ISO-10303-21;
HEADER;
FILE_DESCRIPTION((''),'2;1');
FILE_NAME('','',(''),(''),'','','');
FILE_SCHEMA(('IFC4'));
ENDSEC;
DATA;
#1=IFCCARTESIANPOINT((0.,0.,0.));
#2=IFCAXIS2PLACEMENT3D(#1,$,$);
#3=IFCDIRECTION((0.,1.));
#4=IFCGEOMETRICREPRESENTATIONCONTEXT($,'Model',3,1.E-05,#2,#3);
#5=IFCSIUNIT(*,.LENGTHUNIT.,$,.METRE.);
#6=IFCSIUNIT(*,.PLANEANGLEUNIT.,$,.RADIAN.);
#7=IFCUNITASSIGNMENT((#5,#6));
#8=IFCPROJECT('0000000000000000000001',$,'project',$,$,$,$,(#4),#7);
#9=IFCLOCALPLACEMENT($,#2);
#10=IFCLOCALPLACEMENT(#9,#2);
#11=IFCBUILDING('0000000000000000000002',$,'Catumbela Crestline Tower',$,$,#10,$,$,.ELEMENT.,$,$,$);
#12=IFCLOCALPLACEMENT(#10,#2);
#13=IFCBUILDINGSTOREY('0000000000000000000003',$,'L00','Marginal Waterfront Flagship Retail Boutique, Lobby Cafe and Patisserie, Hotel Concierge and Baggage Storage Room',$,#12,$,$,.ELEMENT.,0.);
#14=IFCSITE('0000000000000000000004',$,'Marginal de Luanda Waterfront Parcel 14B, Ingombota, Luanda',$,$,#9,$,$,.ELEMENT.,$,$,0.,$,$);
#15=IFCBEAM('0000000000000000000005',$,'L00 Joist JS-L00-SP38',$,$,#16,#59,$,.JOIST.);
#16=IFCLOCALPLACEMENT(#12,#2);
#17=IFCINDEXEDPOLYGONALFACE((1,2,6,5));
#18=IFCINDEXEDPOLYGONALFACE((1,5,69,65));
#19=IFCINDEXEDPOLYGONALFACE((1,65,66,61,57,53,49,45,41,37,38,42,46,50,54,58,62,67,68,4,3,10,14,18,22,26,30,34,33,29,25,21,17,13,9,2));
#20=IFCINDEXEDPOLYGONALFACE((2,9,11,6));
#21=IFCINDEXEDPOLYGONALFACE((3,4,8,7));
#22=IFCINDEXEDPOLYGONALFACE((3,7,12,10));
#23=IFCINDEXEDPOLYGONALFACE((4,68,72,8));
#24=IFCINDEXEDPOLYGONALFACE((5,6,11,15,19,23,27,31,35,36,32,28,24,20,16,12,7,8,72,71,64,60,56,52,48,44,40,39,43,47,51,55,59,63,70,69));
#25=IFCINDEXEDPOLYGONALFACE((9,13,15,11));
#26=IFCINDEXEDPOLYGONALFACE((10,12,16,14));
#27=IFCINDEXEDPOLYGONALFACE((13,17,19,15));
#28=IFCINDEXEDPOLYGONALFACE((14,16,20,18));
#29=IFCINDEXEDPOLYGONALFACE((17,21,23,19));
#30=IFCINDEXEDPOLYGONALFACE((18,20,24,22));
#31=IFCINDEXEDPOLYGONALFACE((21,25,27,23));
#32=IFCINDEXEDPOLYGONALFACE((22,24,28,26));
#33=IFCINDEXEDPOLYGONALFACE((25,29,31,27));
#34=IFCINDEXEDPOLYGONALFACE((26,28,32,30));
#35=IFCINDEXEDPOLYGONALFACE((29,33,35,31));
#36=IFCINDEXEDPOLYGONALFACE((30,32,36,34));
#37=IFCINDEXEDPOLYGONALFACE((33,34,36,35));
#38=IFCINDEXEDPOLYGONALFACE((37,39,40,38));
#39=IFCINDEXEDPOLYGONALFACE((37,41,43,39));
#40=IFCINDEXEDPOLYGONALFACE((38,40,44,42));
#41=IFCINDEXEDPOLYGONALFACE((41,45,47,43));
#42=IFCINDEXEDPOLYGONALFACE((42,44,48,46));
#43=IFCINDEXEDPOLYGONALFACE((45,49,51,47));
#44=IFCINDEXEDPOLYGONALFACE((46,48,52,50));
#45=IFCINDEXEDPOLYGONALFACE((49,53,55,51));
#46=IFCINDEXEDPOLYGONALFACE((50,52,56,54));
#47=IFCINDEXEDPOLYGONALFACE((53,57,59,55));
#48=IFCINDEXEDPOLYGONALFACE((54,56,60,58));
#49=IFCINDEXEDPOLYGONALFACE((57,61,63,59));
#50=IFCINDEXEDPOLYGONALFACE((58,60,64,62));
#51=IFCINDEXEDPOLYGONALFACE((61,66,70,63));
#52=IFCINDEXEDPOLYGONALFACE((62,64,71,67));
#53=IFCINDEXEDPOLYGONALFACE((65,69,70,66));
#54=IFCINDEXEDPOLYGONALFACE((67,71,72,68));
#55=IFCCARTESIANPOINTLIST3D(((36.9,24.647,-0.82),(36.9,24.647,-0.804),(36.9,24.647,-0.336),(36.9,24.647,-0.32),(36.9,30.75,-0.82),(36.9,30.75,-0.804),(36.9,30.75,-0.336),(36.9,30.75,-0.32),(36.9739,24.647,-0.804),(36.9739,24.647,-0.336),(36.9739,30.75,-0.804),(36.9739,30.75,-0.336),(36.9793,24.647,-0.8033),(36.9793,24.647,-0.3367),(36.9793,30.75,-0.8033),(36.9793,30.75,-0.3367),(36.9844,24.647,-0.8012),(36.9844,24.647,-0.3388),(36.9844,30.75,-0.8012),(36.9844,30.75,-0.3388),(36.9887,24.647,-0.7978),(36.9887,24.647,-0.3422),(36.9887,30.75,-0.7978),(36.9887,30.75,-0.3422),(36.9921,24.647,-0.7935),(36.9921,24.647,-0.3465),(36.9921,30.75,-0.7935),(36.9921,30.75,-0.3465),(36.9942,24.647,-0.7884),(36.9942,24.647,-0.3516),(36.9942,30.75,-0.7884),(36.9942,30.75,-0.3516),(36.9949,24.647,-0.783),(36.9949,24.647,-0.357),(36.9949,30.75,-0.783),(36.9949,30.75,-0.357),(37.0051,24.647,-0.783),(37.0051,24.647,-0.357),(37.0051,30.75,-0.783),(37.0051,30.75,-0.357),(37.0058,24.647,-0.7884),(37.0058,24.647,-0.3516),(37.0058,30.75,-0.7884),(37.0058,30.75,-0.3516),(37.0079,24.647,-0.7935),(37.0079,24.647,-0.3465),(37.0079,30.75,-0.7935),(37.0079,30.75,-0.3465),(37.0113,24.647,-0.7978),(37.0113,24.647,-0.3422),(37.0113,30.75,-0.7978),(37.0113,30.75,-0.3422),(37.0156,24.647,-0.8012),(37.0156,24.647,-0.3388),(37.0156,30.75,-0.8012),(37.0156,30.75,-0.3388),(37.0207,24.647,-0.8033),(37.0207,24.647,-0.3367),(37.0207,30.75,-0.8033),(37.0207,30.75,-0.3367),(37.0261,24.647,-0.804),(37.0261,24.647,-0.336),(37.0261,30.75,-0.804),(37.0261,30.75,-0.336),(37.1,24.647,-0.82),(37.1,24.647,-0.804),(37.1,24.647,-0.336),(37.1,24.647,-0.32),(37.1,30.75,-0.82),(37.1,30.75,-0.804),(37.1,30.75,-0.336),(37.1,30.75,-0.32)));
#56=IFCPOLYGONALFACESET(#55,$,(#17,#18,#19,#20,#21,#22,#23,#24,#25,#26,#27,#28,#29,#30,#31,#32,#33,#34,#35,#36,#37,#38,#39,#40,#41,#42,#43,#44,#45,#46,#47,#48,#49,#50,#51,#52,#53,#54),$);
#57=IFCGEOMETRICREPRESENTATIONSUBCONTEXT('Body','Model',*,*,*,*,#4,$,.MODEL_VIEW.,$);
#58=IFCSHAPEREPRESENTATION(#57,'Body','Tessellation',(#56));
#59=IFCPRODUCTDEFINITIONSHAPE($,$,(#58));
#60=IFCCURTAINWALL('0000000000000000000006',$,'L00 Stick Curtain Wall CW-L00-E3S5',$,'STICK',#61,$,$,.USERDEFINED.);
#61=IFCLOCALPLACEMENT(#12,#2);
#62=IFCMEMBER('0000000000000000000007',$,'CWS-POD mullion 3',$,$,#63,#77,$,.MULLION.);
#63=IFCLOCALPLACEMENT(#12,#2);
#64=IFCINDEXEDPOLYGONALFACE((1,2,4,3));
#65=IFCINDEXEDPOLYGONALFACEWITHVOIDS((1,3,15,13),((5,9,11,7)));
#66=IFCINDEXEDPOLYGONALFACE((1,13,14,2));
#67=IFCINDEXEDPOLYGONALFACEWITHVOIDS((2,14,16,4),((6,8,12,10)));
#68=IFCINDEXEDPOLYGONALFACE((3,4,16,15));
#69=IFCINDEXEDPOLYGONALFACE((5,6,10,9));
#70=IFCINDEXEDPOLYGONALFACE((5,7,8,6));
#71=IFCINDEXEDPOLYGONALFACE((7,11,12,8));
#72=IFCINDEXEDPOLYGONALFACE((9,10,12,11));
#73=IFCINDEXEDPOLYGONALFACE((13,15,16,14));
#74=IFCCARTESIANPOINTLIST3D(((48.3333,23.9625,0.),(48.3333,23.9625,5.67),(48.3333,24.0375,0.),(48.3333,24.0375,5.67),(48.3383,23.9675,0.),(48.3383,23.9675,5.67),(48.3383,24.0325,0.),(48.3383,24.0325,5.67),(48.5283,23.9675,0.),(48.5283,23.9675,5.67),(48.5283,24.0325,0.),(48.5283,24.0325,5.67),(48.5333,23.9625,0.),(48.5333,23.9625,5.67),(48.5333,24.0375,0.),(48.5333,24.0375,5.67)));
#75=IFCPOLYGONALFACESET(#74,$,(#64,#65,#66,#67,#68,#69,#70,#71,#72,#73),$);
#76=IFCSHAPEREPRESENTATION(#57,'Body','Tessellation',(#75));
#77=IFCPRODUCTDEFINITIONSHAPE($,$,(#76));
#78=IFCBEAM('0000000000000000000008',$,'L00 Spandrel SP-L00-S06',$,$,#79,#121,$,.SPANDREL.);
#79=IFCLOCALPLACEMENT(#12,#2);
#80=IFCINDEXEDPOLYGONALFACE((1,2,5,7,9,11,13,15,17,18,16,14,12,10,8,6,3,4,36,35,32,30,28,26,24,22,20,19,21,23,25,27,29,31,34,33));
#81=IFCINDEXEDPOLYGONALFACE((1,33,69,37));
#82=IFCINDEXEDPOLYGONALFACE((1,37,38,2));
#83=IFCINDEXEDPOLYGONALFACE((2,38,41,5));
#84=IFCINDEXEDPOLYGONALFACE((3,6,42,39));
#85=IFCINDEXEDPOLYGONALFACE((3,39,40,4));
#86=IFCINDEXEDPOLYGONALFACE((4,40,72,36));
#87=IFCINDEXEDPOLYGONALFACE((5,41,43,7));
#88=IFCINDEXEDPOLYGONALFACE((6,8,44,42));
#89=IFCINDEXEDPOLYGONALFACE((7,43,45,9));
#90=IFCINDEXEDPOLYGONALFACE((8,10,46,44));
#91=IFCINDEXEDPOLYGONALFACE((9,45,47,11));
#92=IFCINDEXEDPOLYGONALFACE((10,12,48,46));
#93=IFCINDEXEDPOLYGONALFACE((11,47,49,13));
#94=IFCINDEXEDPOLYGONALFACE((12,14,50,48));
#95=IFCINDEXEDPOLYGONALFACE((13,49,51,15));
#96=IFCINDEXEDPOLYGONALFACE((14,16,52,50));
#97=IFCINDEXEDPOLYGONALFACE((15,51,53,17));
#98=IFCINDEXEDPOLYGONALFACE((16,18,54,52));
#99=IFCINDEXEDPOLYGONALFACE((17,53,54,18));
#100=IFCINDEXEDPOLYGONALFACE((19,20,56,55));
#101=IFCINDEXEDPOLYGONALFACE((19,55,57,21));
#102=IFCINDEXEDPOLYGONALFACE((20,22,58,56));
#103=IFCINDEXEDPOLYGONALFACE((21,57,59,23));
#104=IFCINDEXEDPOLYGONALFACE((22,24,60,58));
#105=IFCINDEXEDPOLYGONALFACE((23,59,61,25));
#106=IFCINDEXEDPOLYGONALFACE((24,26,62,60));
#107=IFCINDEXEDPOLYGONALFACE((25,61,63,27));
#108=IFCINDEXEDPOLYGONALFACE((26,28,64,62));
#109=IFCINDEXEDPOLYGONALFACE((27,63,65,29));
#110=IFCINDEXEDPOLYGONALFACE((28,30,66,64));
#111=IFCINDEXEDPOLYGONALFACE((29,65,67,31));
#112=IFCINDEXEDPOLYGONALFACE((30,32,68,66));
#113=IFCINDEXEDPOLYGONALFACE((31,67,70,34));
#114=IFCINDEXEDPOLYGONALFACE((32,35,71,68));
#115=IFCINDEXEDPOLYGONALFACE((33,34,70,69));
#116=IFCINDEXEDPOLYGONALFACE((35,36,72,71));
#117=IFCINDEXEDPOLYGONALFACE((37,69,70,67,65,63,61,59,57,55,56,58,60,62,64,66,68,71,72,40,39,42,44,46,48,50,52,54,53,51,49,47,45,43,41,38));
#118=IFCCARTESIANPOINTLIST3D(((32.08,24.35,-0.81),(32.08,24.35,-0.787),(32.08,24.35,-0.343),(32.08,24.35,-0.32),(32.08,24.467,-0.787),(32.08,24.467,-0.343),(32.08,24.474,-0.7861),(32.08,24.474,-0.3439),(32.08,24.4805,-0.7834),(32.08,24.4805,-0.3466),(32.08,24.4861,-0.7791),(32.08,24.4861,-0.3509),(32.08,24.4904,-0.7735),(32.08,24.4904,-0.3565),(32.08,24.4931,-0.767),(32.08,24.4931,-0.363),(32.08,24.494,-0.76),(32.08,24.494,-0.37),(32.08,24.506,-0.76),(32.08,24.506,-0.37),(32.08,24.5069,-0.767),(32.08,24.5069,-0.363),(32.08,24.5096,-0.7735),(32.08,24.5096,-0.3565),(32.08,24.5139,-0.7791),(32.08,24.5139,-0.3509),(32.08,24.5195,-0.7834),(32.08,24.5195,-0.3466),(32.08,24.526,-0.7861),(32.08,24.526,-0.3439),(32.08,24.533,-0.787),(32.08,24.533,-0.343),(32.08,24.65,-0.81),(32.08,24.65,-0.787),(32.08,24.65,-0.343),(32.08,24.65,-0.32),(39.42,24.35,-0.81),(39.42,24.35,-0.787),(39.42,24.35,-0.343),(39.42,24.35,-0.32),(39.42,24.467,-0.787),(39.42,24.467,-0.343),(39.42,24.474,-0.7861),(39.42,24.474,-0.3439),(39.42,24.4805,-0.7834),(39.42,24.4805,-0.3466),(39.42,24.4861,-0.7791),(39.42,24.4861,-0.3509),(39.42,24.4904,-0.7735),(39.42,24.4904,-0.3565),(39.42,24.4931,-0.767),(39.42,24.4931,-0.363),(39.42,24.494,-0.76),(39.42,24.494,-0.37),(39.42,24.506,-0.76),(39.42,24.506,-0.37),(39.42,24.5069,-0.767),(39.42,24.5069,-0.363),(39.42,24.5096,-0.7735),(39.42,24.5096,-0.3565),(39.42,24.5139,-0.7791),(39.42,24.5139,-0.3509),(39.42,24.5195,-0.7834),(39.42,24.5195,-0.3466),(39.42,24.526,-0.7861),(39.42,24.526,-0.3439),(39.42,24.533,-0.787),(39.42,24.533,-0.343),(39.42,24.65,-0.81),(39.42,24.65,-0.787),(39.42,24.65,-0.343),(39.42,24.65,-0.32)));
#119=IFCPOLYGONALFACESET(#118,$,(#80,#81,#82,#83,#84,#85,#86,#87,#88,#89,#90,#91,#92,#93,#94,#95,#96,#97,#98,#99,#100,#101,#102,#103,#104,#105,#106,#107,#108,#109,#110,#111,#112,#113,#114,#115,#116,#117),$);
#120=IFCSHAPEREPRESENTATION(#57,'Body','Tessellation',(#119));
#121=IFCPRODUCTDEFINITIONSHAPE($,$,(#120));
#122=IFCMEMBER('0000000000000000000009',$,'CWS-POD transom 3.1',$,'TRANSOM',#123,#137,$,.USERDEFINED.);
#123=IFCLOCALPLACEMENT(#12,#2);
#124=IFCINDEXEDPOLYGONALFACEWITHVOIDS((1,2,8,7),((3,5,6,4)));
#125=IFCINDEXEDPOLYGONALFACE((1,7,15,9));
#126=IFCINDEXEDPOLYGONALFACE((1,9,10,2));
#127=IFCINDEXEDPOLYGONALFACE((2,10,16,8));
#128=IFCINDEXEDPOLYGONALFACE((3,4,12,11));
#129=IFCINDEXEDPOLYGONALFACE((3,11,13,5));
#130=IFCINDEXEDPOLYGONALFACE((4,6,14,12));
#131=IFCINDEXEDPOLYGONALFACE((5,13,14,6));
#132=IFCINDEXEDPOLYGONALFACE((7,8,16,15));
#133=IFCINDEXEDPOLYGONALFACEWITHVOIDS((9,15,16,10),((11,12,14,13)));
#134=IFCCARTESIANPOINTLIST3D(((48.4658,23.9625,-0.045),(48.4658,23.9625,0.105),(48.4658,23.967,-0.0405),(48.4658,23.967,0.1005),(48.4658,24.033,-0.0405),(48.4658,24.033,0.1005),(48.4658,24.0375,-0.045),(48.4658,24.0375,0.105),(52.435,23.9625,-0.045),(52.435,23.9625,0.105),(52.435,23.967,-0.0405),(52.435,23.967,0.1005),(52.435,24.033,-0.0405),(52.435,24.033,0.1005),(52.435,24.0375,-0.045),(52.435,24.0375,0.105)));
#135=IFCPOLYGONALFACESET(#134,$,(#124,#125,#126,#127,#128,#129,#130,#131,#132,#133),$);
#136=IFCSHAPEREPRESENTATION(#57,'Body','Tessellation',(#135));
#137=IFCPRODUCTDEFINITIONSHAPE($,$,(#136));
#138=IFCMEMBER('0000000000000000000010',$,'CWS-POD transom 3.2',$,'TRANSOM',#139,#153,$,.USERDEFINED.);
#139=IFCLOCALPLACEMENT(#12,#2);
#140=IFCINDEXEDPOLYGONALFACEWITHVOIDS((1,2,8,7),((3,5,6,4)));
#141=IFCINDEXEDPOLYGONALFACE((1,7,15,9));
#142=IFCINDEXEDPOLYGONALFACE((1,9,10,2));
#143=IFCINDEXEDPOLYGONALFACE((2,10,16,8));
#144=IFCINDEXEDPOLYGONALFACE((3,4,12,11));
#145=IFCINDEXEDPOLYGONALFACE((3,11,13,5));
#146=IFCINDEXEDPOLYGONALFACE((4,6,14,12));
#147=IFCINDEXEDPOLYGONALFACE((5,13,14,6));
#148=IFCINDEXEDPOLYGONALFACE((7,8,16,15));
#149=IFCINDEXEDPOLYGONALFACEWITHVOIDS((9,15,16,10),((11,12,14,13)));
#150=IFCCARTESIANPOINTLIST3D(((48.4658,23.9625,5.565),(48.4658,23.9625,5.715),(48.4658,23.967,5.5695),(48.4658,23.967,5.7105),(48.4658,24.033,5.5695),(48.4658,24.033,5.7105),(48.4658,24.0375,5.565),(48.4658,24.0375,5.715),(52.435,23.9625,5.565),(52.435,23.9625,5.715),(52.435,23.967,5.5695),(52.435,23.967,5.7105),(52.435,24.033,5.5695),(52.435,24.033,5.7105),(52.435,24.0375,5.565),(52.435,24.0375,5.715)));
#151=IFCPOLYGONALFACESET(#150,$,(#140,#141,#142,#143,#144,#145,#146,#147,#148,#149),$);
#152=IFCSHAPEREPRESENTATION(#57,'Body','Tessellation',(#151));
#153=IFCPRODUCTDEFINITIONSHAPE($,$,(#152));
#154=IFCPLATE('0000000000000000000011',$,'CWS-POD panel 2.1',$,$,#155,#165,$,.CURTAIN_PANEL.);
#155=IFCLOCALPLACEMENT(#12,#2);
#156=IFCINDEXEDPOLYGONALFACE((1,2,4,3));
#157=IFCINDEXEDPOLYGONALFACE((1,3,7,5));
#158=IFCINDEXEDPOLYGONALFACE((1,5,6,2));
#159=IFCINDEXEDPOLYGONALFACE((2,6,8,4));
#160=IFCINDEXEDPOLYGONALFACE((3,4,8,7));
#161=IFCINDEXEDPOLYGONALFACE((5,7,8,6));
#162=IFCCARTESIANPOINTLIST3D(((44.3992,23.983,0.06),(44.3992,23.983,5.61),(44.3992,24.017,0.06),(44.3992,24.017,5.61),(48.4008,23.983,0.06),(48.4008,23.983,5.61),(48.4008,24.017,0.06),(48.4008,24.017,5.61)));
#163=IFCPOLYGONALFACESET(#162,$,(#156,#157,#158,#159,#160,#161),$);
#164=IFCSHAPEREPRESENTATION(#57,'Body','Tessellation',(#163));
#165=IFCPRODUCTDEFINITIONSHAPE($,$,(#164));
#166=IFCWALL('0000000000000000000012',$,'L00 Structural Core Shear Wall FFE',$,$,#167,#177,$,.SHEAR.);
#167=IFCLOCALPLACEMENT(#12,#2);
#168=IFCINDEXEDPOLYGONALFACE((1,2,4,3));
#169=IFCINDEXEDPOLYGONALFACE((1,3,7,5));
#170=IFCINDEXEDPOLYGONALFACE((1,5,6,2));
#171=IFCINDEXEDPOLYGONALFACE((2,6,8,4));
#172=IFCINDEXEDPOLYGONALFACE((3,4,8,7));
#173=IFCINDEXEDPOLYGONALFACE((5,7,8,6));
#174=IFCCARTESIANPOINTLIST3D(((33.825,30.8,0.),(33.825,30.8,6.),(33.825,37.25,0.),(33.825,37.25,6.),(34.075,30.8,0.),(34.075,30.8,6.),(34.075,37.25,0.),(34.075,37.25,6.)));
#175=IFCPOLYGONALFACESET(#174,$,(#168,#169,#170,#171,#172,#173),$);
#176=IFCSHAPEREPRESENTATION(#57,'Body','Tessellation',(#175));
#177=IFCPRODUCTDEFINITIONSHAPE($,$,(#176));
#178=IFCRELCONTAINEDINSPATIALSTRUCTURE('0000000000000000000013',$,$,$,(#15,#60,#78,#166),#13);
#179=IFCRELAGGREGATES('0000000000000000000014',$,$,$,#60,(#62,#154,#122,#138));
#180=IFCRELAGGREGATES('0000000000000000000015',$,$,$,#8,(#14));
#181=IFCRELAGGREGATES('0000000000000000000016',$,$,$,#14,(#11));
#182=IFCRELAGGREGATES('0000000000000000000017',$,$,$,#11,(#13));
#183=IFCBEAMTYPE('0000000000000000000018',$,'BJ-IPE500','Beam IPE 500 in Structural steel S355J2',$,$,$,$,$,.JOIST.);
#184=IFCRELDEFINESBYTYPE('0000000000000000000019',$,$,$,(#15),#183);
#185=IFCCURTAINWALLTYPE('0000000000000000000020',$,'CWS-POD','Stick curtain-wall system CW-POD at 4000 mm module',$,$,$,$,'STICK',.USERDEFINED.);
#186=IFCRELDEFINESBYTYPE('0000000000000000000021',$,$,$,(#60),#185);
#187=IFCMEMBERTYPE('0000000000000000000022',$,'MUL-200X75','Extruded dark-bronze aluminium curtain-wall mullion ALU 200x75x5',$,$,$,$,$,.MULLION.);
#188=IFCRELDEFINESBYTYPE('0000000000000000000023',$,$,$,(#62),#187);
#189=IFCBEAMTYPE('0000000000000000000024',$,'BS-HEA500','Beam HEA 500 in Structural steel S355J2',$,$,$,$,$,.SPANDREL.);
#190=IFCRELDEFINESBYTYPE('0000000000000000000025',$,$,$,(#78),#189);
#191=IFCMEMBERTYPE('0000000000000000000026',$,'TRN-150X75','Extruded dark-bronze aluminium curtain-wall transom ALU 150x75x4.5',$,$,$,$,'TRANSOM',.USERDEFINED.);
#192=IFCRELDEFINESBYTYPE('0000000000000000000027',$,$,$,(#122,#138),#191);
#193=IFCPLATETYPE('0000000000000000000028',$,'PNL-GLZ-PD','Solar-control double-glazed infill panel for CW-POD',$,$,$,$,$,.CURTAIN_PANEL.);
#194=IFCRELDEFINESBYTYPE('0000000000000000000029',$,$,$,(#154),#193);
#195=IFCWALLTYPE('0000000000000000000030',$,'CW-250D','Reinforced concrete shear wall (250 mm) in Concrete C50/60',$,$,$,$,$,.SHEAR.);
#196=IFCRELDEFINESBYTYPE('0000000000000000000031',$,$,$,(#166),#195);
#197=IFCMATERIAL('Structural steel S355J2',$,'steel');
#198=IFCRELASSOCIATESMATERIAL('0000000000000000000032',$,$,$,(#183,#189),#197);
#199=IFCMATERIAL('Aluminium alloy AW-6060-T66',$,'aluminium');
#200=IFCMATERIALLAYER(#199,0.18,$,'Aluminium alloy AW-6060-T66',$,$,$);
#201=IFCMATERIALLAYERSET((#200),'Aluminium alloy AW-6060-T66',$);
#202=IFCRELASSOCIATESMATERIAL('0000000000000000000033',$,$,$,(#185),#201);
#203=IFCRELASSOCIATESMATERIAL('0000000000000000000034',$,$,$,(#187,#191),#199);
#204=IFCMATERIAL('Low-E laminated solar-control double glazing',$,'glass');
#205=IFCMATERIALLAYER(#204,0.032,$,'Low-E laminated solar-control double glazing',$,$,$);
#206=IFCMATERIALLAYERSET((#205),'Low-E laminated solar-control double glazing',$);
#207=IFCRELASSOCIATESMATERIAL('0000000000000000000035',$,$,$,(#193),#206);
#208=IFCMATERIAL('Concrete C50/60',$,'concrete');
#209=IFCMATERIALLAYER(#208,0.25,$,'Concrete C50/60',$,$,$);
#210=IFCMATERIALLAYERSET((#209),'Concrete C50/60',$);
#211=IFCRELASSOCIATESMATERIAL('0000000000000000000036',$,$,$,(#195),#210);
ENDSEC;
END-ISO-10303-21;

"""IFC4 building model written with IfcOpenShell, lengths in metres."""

from ifc_helpers import new_model, si_unit, direction, frame, frame_2d, origin, origin_2d, place, context, subcontext, project, spatial, rectangle, hollow_rectangle, i_section, extrude, material, layer, layer_set, material_profile, profile_set, type_object, element, aggregate, save


model = new_model("IFC4")

# Units and contexts
model_context = context("Model", 3, precision=1e-05, world=origin(), true_north=direction((0.0, 1.0)))
body_context = subcontext(model_context, "Body", "Model", "MODEL_VIEW")
ifc_project = project(units=[si_unit("LENGTHUNIT", "METRE"), si_unit("PLANEANGLEUNIT", "RADIAN")], contexts=[model_context])

# Site, building, storey
site_placement = place(None, origin())
site = spatial("IfcSite", under=ifc_project, at=site_placement, Name="Marginal de Luanda Waterfront Parcel 14B, Ingombota, Luanda", CompositionType="ELEMENT", RefElevation=0.0)
building_placement = place(site_placement, origin())
building = spatial("IfcBuilding", under=site, at=building_placement, Name="Catumbela Crestline Tower", CompositionType="ELEMENT")
storey_placement = place(building_placement, origin())
storey = spatial("IfcBuildingStorey", under=building, at=storey_placement, Name="L00", Description="Marginal Waterfront Flagship Retail Boutique, Lobby Cafe and Patisserie, Hotel Concierge and Baggage Storage Room", CompositionType="ELEMENT", Elevation=0.0)

# Shared definitions
ifc_material_1 = material(Name="Concrete C50/60", Category="concrete")

# Beam
ifc_material_2 = material(Name="Structural steel S355J2", Category="steel")
ifc_material_profile_1 = material_profile(ifc_material_2, i_section(OverallWidth=0.2, OverallDepth=0.5, WebThickness=0.0102, FlangeThickness=0.016, FilletRadius=0.021, at=origin_2d()), Name="IPE 500")
ifc_profile_set_1 = profile_set([ifc_material_profile_1], Name="Structural steel S355J2")
beam_type_1 = type_object("IfcBeamType", Name="BJ-IPE500", Description="Beam IPE 500 in Structural steel S355J2", PredefinedType="JOIST", material=ifc_profile_set_1)
for number, where, z_axis, x_axis, name in (
    (1, (37.0, 24.647, -0.57), (0.0, 1.0, 0.0), (-1.0, 0.0, 0.0), "L00 Joist JS-L00-SP38"),
):
    element("IfcBeam", number, at=place(storey_placement, frame(where, z_axis=z_axis, x_axis=x_axis)), inside=storey, type_object=beam_type_1, Name=name, PredefinedType="JOIST", context=body_context, shape_type="SweptSolid", body=[
        extrude(i_section(OverallWidth=0.2, OverallDepth=0.5, WebThickness=0.0102, FlangeThickness=0.016, FilletRadius=0.021, at=origin_2d()), origin(), (0.0, 0.0, 1.0), 6.103),
    ])

# Curtain wall, member
ifc_material_3 = material(Name="Aluminium alloy AW-6060-T66", Category="aluminium")
ifc_layer_1 = layer(ifc_material_3, 0.18, Name="Aluminium alloy AW-6060-T66")
ifc_layer_set_1 = layer_set([ifc_layer_1], Name="Aluminium alloy AW-6060-T66")
curtain_wall_type = type_object("IfcCurtainWallType", Name="CWS-POD", Description="Stick curtain-wall system CW-POD at 4000 mm module", ElementType="STICK", PredefinedType="USERDEFINED", material=ifc_layer_set_1)
curtain_wall_placement = place(storey_placement, origin())
curtain_wall = element("IfcCurtainWall", 2, at=curtain_wall_placement, inside=storey, type_object=curtain_wall_type, Name="L00 Stick Curtain Wall CW-L00-E3S5", ObjectType="STICK", PredefinedType="USERDEFINED")
ifc_material_profile_2 = material_profile(ifc_material_3, hollow_rectangle(XDim=0.075, YDim=0.2, WallThickness=0.005, at=origin_2d()), Name="ALU 200x75x5")
ifc_profile_set_2 = profile_set([ifc_material_profile_2], Name="Aluminium alloy AW-6060-T66")
member_type_1 = type_object("IfcMemberType", Name="MUL-200X75", Description="Extruded dark-bronze aluminium curtain-wall mullion ALU 200x75x5", PredefinedType="MULLION", material=ifc_profile_set_2)
member_1_placement = place(storey_placement, frame((48.4333, 24.0, 0.0), z_axis=(0.0, 0.0, 1.0), x_axis=(0.0, 1.0, 0.0)))
member_1 = element("IfcMember", 3, at=member_1_placement, type_object=member_type_1, Name="CWS-POD mullion 3", PredefinedType="MULLION", context=body_context, shape_type="SweptSolid", body=[
    extrude(hollow_rectangle(XDim=0.075, YDim=0.2, WallThickness=0.005, at=origin_2d()), origin(), (0.0, 0.0, 1.0), 5.67),
])

# Beam
ifc_material_profile_3 = material_profile(ifc_material_2, i_section(OverallWidth=0.3, OverallDepth=0.49, WebThickness=0.012, FlangeThickness=0.023, FilletRadius=0.027, at=origin_2d()), Name="HEA 500")
ifc_profile_set_3 = profile_set([ifc_material_profile_3], Name="Structural steel S355J2")
beam_type_2 = type_object("IfcBeamType", Name="BS-HEA500", Description="Beam HEA 500 in Structural steel S355J2", PredefinedType="SPANDREL", material=ifc_profile_set_3)
beam_1_placement = place(storey_placement, frame((32.08, 24.5, -0.565), z_axis=(1.0, 0.0, 0.0), x_axis=(0.0, 1.0, 0.0)))
element("IfcBeam", 4, at=beam_1_placement, inside=storey, type_object=beam_type_2, Name="L00 Spandrel SP-L00-S06", PredefinedType="SPANDREL", context=body_context, shape_type="SweptSolid", body=[
    extrude(i_section(OverallWidth=0.3, OverallDepth=0.49, WebThickness=0.012, FlangeThickness=0.023, FilletRadius=0.027, at=origin_2d()), origin(), (0.0, 0.0, 1.0), 7.34),
])

# Members
ifc_material_profile_4 = material_profile(ifc_material_3, hollow_rectangle(XDim=0.075, YDim=0.15, WallThickness=0.0045, at=origin_2d()), Name="ALU 150x75x4.5")
ifc_profile_set_4 = profile_set([ifc_material_profile_4], Name="Aluminium alloy AW-6060-T66")
member_type_2 = type_object("IfcMemberType", Name="TRN-150X75", Description="Extruded dark-bronze aluminium curtain-wall transom ALU 150x75x4.5", ElementType="TRANSOM", PredefinedType="USERDEFINED", material=ifc_profile_set_4)
member_2_placement = place(storey_placement, frame((48.4658, 24.0, 0.03), z_axis=(1.0, 0.0, 0.0), x_axis=(0.0, 1.0, 0.0)))
member_2 = element("IfcMember", 5, at=member_2_placement, type_object=member_type_2, Name="CWS-POD transom 3.1", ObjectType="TRANSOM", PredefinedType="USERDEFINED", context=body_context, shape_type="SweptSolid", body=[
    extrude(hollow_rectangle(XDim=0.075, YDim=0.15, WallThickness=0.0045, at=origin_2d()), origin(), (0.0, 0.0, 1.0), 3.9692),
])
member_3_placement = place(storey_placement, frame((48.4658, 24.0, 5.64), z_axis=(1.0, 0.0, 0.0), x_axis=(0.0, 1.0, 0.0)))
member_3 = element("IfcMember", 6, at=member_3_placement, type_object=member_type_2, Name="CWS-POD transom 3.2", ObjectType="TRANSOM", PredefinedType="USERDEFINED", context=body_context, shape_type="SweptSolid", body=[
    extrude(hollow_rectangle(XDim=0.075, YDim=0.15, WallThickness=0.0045, at=origin_2d()), origin(), (0.0, 0.0, 1.0), 3.9692),
])

# Plate
ifc_material_4 = material(Name="Low-E laminated solar-control double glazing", Category="glass")
ifc_layer_2 = layer(ifc_material_4, 0.032, Name="Low-E laminated solar-control double glazing")
ifc_layer_set_2 = layer_set([ifc_layer_2], Name="Low-E laminated solar-control double glazing")
plate_type = type_object("IfcPlateType", Name="PNL-GLZ-PD", Description="Solar-control double-glazed infill panel for CW-POD", PredefinedType="CURTAIN_PANEL", material=ifc_layer_set_2)
plate_placement = place(storey_placement, frame((46.4, 24.0, 0.06), z_axis=(0.0, 0.0, 1.0), x_axis=(1.0, 0.0, 0.0)))
plate = element("IfcPlate", 7, at=plate_placement, type_object=plate_type, Name="CWS-POD panel 2.1", PredefinedType="CURTAIN_PANEL", context=body_context, shape_type="SweptSolid", body=[
    extrude(rectangle(XDim=4.0017, YDim=0.034, at=origin_2d()), origin(), (0.0, 0.0, 1.0), 5.55),
])
aggregate(curtain_wall, [member_1, plate, member_2, member_3])

# Wall
ifc_layer_3 = layer(ifc_material_1, 0.25, Name="Concrete C50/60")
ifc_layer_set_3 = layer_set([ifc_layer_3], Name="Concrete C50/60")
wall_type_1 = type_object("IfcWallType", Name="CW-250D", Description="Reinforced concrete shear wall (250 mm) in Concrete C50/60", PredefinedType="SHEAR", material=ifc_layer_set_3)
wall_1_placement = place(storey_placement, frame((33.95, 30.8, 0.0), z_axis=(0.0, 0.0, 1.0), x_axis=(0.0, 1.0, 0.0)))
element("IfcWall", 8, at=wall_1_placement, inside=storey, type_object=wall_type_1, Name="L00 Structural Core Shear Wall FFE", PredefinedType="SHEAR", context=body_context, shape_type="SweptSolid", body=[
    extrude(rectangle(XDim=6.45, YDim=0.25, at=frame_2d((3.225, 0.0))), origin(), (0.0, 0.0, 1.0), 6.0),
])

save(model, "model.ifc")
